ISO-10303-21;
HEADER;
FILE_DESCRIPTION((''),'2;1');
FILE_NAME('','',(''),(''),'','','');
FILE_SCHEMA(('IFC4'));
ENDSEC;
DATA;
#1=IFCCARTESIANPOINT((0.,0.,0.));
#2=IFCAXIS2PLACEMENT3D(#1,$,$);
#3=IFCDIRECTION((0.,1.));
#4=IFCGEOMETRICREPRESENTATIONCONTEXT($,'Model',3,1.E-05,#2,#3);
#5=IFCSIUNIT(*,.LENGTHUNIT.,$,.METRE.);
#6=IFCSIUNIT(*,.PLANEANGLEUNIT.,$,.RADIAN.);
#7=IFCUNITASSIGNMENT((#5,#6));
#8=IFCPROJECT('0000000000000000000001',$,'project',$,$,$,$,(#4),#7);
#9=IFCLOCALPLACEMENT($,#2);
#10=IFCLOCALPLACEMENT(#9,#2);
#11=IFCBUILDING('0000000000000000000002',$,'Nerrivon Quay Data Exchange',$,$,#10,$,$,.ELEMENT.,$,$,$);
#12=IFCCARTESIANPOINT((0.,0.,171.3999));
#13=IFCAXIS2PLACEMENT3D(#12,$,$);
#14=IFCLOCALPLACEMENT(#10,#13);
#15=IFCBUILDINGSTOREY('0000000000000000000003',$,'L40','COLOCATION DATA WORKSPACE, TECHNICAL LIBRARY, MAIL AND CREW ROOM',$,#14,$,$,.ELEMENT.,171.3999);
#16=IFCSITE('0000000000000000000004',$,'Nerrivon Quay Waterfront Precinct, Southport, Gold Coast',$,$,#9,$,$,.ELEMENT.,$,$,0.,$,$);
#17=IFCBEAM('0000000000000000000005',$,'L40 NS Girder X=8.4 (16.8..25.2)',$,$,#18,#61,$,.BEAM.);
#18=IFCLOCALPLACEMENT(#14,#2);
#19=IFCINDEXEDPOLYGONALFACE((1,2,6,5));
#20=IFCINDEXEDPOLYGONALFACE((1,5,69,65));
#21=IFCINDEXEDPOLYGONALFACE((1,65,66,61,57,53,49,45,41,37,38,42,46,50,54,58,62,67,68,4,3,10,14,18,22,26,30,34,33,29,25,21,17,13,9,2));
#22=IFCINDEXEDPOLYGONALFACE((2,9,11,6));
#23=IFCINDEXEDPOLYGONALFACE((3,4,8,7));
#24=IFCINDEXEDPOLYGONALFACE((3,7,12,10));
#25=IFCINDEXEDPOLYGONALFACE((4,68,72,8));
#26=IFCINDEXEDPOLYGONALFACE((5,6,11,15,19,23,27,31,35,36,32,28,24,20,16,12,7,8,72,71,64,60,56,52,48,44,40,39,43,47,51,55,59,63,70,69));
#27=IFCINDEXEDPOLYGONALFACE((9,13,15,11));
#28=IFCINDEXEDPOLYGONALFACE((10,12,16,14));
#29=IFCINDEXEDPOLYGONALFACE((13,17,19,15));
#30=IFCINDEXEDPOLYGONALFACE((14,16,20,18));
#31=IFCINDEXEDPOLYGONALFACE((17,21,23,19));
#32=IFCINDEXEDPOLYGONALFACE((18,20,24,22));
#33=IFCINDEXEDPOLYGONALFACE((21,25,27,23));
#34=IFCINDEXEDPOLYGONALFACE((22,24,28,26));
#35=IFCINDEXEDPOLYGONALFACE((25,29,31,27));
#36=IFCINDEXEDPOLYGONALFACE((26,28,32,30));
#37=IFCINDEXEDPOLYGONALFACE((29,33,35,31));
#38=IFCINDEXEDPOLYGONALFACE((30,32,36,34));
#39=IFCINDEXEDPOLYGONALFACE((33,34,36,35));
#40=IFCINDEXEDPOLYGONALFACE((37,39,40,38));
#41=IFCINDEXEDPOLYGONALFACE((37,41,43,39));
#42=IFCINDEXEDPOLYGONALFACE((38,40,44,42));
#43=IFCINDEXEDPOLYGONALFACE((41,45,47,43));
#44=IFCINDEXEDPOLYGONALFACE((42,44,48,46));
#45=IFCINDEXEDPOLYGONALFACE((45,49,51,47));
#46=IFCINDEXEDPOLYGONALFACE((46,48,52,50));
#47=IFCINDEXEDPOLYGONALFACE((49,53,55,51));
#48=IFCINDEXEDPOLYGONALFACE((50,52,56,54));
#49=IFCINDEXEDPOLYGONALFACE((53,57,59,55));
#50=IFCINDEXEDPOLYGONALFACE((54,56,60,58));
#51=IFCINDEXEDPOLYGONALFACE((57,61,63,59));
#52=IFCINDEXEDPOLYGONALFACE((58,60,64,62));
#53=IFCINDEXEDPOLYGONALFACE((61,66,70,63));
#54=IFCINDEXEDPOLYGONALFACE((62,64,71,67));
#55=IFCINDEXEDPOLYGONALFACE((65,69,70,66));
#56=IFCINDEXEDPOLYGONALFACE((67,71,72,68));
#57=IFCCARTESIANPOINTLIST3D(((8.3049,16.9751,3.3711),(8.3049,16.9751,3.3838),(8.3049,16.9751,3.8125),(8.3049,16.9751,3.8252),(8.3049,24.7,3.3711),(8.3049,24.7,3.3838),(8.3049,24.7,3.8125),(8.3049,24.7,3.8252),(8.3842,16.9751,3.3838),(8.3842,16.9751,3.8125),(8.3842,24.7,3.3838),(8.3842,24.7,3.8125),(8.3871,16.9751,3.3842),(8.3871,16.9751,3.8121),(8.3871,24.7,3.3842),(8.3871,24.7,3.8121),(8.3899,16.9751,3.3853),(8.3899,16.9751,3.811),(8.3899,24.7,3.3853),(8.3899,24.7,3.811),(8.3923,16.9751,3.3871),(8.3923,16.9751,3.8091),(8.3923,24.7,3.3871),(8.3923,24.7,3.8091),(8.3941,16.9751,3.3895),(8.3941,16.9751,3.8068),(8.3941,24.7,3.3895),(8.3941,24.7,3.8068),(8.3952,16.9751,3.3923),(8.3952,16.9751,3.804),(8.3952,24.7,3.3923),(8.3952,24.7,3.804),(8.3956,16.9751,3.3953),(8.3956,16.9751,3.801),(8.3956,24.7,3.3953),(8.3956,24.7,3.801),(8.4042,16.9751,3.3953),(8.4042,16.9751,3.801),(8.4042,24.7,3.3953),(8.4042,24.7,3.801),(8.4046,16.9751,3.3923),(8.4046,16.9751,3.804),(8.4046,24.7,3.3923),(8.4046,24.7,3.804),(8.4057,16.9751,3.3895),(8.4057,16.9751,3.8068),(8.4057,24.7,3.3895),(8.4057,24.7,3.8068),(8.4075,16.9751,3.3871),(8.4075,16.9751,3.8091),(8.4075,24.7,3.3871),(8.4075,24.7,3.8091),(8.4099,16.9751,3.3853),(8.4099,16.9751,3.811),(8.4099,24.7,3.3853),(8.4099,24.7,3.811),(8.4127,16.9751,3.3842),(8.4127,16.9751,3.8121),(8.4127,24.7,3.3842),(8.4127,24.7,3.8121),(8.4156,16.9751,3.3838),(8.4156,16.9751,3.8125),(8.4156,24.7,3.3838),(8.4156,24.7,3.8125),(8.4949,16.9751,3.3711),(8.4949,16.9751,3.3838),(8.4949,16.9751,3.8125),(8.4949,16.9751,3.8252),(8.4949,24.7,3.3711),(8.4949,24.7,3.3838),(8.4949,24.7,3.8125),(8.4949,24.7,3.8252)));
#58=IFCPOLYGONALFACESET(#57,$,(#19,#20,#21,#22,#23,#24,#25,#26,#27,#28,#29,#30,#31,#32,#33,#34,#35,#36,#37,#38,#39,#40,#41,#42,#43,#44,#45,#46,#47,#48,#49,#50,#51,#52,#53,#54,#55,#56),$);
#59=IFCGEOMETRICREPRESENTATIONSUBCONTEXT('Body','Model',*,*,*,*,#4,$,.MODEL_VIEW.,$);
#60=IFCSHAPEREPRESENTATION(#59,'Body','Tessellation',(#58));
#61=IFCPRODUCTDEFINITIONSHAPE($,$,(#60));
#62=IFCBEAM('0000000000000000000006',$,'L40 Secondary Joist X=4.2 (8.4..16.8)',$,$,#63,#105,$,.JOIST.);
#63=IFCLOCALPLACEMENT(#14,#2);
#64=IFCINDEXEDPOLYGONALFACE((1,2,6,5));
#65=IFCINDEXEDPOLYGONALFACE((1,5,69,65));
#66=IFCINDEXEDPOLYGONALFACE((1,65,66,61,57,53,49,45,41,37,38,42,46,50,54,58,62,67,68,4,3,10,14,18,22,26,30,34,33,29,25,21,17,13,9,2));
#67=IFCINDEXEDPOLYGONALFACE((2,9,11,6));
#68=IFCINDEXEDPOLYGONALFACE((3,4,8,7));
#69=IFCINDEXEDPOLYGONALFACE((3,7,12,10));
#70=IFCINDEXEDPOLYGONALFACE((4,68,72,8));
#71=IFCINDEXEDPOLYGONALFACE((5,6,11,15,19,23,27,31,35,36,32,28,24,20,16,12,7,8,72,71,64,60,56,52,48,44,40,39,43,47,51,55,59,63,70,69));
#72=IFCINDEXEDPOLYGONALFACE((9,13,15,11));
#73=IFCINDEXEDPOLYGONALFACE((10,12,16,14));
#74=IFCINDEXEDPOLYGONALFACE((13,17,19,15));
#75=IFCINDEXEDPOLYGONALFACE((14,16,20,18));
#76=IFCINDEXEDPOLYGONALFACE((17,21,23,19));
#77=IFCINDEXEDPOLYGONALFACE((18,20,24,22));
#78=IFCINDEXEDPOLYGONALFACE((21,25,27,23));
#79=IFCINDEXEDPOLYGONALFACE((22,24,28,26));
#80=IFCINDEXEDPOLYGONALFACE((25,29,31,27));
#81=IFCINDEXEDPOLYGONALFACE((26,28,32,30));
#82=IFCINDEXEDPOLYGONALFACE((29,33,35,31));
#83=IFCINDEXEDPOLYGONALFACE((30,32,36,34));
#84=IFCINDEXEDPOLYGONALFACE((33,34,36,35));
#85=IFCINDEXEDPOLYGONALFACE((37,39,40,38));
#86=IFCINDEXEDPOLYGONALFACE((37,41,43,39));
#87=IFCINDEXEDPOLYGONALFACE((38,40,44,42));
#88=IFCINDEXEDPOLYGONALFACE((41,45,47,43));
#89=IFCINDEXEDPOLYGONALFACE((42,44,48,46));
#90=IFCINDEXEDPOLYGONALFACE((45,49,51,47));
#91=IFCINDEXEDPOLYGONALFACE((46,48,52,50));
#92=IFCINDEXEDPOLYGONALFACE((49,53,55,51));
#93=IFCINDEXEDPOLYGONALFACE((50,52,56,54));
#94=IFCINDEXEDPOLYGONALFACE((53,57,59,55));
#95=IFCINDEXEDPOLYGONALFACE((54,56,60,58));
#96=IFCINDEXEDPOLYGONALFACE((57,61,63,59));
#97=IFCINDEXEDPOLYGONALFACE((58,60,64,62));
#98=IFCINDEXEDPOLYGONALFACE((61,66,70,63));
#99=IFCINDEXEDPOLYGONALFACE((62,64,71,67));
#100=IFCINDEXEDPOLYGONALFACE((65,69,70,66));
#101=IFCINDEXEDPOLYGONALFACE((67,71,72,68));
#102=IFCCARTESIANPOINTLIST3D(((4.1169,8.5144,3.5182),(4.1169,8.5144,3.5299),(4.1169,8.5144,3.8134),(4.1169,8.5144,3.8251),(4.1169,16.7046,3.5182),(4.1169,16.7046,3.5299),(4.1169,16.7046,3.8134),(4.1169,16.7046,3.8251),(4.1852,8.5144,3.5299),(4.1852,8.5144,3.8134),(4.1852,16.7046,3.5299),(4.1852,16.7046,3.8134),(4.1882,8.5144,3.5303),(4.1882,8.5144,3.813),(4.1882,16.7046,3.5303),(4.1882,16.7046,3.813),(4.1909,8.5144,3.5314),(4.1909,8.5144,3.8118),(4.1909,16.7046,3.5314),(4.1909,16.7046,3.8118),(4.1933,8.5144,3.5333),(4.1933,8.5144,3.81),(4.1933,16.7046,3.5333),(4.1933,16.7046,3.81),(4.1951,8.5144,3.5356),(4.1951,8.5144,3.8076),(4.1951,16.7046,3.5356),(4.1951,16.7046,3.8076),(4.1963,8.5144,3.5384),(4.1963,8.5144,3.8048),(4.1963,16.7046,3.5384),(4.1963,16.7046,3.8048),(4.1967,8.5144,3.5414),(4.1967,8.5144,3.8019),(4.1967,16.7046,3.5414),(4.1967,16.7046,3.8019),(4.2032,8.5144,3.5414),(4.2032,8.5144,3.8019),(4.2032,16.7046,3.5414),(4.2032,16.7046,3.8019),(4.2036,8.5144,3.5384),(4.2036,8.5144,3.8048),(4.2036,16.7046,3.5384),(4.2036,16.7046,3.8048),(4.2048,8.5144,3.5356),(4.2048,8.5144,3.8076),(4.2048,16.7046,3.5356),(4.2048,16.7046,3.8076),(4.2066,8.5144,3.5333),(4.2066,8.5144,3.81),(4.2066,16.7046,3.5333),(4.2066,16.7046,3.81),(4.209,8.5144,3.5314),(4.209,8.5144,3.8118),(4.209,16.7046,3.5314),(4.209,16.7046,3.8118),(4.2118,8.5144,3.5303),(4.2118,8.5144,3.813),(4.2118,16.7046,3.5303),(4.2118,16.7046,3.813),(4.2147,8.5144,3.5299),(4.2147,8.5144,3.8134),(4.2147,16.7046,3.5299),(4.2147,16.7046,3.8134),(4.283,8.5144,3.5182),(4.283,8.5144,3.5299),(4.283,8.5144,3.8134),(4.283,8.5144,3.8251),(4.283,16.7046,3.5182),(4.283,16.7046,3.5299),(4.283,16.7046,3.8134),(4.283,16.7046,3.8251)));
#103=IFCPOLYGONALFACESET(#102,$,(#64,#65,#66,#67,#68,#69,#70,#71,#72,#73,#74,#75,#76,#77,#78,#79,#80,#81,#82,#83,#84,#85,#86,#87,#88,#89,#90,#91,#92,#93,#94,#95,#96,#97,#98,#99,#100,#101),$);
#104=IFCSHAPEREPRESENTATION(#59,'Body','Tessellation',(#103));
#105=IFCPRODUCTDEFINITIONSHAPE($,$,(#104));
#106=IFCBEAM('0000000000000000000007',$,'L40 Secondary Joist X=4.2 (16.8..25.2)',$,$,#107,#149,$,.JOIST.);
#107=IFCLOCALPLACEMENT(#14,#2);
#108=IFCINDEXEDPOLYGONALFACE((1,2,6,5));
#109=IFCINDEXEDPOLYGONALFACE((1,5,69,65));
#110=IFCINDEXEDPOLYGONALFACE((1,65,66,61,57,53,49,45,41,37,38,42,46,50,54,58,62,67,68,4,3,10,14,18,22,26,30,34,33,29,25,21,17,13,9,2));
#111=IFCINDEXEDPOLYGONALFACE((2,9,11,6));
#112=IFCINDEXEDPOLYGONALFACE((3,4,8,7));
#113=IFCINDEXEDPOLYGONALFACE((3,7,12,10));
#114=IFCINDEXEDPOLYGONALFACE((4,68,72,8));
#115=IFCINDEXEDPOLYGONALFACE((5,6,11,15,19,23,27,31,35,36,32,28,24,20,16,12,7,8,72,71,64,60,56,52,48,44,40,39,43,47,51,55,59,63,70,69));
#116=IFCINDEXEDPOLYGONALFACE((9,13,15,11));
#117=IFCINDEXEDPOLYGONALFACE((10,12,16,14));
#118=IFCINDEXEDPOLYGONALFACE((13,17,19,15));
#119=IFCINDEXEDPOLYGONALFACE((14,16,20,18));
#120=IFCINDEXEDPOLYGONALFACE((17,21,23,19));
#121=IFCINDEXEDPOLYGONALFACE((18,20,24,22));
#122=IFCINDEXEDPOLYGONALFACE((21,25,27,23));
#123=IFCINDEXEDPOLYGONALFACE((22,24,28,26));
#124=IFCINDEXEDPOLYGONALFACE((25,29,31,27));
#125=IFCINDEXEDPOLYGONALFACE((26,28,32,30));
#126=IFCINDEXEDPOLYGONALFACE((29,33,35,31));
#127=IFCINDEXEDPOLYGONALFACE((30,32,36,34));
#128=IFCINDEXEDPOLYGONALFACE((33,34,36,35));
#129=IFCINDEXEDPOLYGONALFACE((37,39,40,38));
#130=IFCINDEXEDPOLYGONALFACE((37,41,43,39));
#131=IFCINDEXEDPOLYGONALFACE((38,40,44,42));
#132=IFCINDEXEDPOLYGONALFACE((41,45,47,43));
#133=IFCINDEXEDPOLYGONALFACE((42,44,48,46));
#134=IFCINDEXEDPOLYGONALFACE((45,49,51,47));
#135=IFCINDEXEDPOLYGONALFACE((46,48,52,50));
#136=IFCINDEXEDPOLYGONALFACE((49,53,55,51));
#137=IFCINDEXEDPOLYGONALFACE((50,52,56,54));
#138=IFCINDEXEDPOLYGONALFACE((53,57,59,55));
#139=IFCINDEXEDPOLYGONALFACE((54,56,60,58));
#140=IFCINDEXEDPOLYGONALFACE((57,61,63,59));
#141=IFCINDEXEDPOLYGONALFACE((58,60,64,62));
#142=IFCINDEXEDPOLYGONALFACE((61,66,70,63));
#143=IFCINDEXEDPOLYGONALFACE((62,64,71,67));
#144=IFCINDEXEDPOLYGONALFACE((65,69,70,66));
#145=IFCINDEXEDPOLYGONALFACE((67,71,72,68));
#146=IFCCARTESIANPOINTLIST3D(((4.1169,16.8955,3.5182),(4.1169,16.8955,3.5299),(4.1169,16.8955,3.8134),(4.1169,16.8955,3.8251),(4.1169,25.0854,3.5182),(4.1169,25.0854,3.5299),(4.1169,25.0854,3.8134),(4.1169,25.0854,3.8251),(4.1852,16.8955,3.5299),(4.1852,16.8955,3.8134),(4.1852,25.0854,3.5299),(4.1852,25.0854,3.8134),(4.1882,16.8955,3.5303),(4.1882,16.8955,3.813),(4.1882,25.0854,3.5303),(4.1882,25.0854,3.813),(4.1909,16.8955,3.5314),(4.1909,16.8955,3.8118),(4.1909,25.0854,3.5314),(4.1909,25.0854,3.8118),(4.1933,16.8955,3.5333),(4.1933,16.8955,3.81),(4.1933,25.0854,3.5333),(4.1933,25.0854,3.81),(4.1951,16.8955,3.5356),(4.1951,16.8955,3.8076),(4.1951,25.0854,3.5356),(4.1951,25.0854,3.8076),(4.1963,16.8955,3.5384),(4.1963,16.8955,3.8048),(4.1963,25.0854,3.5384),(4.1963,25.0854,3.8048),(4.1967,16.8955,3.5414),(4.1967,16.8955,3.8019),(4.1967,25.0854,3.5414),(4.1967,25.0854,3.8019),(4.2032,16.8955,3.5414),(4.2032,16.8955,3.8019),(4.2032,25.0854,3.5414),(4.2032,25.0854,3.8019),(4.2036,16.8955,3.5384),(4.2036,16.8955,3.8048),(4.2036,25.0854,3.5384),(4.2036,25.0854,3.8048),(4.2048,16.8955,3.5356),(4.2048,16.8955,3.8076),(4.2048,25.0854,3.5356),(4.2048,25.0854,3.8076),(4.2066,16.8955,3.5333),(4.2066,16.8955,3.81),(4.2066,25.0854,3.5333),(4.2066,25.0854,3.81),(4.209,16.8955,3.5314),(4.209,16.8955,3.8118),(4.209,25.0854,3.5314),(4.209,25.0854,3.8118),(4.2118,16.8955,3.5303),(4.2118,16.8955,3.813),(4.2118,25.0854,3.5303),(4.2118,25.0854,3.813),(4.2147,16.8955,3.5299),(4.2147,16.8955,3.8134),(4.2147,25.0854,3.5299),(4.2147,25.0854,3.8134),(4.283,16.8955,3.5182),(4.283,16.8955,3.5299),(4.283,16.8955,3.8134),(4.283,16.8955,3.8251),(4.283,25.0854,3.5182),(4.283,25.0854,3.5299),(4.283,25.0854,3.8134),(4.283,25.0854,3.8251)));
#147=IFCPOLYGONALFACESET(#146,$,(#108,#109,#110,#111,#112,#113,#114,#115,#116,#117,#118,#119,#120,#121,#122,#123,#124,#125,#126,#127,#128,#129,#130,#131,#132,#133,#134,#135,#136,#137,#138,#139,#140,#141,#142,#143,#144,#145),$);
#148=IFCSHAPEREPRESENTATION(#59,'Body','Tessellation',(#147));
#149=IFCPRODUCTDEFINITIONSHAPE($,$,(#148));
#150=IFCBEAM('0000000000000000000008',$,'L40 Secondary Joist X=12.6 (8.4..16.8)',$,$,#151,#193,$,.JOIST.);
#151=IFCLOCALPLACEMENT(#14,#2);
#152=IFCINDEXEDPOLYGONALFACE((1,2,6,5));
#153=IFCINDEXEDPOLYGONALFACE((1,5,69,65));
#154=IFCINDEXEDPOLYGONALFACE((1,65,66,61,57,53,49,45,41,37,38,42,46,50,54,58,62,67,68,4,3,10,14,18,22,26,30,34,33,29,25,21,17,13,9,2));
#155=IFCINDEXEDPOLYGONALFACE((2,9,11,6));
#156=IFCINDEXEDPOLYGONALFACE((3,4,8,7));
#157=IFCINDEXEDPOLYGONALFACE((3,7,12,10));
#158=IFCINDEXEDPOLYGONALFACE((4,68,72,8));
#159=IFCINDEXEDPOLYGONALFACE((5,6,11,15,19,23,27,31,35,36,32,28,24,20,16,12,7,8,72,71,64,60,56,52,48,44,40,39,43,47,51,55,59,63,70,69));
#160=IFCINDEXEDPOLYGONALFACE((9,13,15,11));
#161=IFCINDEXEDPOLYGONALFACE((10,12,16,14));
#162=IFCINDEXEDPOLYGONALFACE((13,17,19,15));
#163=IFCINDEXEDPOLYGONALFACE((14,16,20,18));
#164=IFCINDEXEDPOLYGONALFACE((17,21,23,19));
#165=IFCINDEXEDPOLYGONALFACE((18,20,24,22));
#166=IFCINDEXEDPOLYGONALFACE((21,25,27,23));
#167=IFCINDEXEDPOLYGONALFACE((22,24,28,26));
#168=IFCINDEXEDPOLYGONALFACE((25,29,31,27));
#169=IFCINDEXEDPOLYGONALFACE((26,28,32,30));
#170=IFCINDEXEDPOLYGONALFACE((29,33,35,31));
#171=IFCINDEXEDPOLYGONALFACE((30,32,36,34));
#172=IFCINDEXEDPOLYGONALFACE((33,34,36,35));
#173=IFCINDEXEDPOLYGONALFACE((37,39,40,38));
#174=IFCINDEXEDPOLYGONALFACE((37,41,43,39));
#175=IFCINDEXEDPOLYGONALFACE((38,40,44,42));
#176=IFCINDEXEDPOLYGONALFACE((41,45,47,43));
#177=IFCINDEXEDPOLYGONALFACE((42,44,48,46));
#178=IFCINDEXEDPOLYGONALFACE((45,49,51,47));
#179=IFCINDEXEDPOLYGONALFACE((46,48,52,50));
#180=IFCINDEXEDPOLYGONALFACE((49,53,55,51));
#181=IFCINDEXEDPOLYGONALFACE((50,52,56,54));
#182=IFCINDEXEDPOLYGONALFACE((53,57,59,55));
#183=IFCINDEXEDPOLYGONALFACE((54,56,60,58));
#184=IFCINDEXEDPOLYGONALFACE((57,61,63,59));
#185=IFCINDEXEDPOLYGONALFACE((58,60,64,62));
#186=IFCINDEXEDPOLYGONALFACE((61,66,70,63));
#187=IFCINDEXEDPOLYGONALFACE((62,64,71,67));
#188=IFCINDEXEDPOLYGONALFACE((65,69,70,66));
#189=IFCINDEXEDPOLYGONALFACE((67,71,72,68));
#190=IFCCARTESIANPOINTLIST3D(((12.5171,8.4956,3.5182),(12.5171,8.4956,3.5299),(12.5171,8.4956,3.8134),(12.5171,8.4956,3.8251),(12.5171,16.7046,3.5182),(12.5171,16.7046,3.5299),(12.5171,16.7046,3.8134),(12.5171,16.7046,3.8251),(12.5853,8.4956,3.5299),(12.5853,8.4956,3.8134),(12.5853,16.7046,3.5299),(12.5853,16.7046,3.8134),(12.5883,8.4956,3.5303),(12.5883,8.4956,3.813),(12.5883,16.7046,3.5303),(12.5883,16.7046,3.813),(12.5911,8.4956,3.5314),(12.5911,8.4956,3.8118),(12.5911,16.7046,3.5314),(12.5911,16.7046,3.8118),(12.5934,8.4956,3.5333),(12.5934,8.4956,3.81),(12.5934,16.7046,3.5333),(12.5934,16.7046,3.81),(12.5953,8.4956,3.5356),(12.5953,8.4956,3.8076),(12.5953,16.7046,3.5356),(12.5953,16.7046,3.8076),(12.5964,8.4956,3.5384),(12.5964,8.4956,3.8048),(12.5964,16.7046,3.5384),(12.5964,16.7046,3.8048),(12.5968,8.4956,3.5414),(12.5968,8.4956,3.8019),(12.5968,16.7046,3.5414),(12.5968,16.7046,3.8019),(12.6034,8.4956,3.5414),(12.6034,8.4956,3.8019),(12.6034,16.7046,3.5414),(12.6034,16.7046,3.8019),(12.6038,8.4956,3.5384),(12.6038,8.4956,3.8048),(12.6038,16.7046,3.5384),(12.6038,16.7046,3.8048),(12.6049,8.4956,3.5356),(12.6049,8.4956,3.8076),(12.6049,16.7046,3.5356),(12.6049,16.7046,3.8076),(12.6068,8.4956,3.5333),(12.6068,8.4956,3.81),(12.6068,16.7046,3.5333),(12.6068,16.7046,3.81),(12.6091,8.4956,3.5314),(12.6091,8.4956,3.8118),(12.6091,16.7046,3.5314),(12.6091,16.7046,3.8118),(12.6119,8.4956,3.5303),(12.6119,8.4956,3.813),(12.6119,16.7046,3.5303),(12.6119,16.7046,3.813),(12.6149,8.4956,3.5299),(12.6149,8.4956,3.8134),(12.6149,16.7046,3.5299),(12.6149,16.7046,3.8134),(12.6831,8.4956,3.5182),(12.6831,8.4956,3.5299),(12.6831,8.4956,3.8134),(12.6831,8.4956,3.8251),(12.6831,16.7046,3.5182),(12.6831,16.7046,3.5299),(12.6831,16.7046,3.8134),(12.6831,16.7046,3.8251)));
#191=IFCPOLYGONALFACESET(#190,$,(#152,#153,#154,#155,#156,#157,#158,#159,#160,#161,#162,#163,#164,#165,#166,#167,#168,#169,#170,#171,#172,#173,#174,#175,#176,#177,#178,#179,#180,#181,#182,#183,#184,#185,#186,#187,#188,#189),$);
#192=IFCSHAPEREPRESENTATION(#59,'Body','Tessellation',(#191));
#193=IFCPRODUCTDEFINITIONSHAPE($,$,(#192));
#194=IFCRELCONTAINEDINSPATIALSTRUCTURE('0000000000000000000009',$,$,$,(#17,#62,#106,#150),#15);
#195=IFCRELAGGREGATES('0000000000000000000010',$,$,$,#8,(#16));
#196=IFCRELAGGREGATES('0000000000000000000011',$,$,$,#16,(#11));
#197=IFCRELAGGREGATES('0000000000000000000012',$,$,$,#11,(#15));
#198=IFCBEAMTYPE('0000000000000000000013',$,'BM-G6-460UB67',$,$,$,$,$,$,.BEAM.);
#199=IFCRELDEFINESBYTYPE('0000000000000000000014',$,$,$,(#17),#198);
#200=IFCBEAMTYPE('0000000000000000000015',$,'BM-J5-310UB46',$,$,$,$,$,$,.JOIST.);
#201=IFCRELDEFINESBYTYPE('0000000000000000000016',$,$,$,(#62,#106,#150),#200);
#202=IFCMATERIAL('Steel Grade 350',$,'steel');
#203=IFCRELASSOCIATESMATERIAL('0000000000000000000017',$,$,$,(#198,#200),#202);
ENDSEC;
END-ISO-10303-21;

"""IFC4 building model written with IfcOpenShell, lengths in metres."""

from ifc_helpers import new_model, si_unit, direction, frame, origin, origin_2d, place, context, subcontext, project, spatial, i_section, extrude, material, material_profile, profile_set, type_object, element, save


model = new_model("IFC4")

# Units and contexts
model_context = context("Model", 3, precision=1e-05, world=origin(), true_north=direction((0.0, 1.0)))
body_context = subcontext(model_context, "Body", "Model", "MODEL_VIEW")
ifc_project = project(units=[si_unit("LENGTHUNIT", "METRE"), si_unit("PLANEANGLEUNIT", "RADIAN")], contexts=[model_context])

# Site, building, storey
site_placement = place(None, origin())
site = spatial("IfcSite", under=ifc_project, at=site_placement, Name="Nerrivon Quay Waterfront Precinct, Southport, Gold Coast", CompositionType="ELEMENT", RefElevation=0.0)
building_placement = place(site_placement, origin())
building = spatial("IfcBuilding", under=site, at=building_placement, Name="Nerrivon Quay Data Exchange", CompositionType="ELEMENT")
storey_placement = place(building_placement, frame((0.0, 0.0, 171.3999)))
storey = spatial("IfcBuildingStorey", under=building, at=storey_placement, Name="L40", Description="COLOCATION DATA WORKSPACE, TECHNICAL LIBRARY, MAIL AND CREW ROOM", CompositionType="ELEMENT", Elevation=171.3999)

# Shared definitions
ifc_material_1 = material(Name="Steel Grade 350", Category="steel")

# Beams
ifc_material_profile_1 = material_profile(ifc_material_1, i_section(OverallWidth=0.1899, OverallDepth=0.4541, WebThickness=0.0085, FlangeThickness=0.0127, FilletRadius=0.0115, at=origin_2d()), Name="460UB67.1")
ifc_profile_set_1 = profile_set([ifc_material_profile_1], Name="Steel Grade 350")
beam_type_1 = type_object("IfcBeamType", Name="BM-G6-460UB67", PredefinedType="BEAM", material=ifc_profile_set_1)
beam_1_placement = place(storey_placement, frame((8.3999, 16.9751, 3.5981), z_axis=(0.0, 1.0, 0.0), x_axis=(-1.0, 0.0, 0.0)))
element("IfcBeam", 1, at=beam_1_placement, inside=storey, type_object=beam_type_1, Name="L40 NS Girder X=8.4 (16.8..25.2)", PredefinedType="BEAM", context=body_context, shape_type="SweptSolid", body=[
    extrude(i_section(OverallWidth=0.1899, OverallDepth=0.4541, WebThickness=0.0085, FlangeThickness=0.0127, FilletRadius=0.0115, at=origin_2d()), origin(), (0.0, 0.0, 1.0), 7.7249),
])
ifc_material_profile_2 = material_profile(ifc_material_1, i_section(OverallWidth=0.166, OverallDepth=0.3069, WebThickness=0.0066, FlangeThickness=0.0117, FilletRadius=0.0115, at=origin_2d()), Name="310UB46.2")
ifc_profile_set_2 = profile_set([ifc_material_profile_2], Name="Steel Grade 350")
beam_type_2 = type_object("IfcBeamType", Name="BM-J5-310UB46", PredefinedType="JOIST", material=ifc_profile_set_2)
beam_2_placement = place(storey_placement, frame((4.2, 8.5144, 3.6716), z_axis=(0.0, 1.0, 0.0), x_axis=(-1.0, 0.0, 0.0)))
element("IfcBeam", 2, at=beam_2_placement, inside=storey, type_object=beam_type_2, Name="L40 Secondary Joist X=4.2 (8.4..16.8)", PredefinedType="JOIST", context=body_context, shape_type="SweptSolid", body=[
    extrude(i_section(OverallWidth=0.166, OverallDepth=0.3069, WebThickness=0.0066, FlangeThickness=0.0117, FilletRadius=0.0115, at=origin_2d()), origin(), (0.0, 0.0, 1.0), 8.1902),
])
beam_3_placement = place(storey_placement, frame((4.2, 16.8955, 3.6716), z_axis=(0.0, 1.0, 0.0), x_axis=(-1.0, 0.0, 0.0)))
element("IfcBeam", 3, at=beam_3_placement, inside=storey, type_object=beam_type_2, Name="L40 Secondary Joist X=4.2 (16.8..25.2)", PredefinedType="JOIST", context=body_context, shape_type="SweptSolid", body=[
    extrude(i_section(OverallWidth=0.166, OverallDepth=0.3069, WebThickness=0.0066, FlangeThickness=0.0117, FilletRadius=0.0115, at=origin_2d()), origin(), (0.0, 0.0, 1.0), 8.1899),
])
beam_4_placement = place(storey_placement, frame((12.6001, 8.4956, 3.6716), z_axis=(0.0, 1.0, 0.0), x_axis=(-1.0, 0.0, 0.0)))
element("IfcBeam", 4, at=beam_4_placement, inside=storey, type_object=beam_type_2, Name="L40 Secondary Joist X=12.6 (8.4..16.8)", PredefinedType="JOIST", context=body_context, shape_type="SweptSolid", body=[
    extrude(i_section(OverallWidth=0.166, OverallDepth=0.3069, WebThickness=0.0066, FlangeThickness=0.0117, FilletRadius=0.0115, at=origin_2d()), origin(), (0.0, 0.0, 1.0), 8.209),
])

save(model, "model.ifc")
